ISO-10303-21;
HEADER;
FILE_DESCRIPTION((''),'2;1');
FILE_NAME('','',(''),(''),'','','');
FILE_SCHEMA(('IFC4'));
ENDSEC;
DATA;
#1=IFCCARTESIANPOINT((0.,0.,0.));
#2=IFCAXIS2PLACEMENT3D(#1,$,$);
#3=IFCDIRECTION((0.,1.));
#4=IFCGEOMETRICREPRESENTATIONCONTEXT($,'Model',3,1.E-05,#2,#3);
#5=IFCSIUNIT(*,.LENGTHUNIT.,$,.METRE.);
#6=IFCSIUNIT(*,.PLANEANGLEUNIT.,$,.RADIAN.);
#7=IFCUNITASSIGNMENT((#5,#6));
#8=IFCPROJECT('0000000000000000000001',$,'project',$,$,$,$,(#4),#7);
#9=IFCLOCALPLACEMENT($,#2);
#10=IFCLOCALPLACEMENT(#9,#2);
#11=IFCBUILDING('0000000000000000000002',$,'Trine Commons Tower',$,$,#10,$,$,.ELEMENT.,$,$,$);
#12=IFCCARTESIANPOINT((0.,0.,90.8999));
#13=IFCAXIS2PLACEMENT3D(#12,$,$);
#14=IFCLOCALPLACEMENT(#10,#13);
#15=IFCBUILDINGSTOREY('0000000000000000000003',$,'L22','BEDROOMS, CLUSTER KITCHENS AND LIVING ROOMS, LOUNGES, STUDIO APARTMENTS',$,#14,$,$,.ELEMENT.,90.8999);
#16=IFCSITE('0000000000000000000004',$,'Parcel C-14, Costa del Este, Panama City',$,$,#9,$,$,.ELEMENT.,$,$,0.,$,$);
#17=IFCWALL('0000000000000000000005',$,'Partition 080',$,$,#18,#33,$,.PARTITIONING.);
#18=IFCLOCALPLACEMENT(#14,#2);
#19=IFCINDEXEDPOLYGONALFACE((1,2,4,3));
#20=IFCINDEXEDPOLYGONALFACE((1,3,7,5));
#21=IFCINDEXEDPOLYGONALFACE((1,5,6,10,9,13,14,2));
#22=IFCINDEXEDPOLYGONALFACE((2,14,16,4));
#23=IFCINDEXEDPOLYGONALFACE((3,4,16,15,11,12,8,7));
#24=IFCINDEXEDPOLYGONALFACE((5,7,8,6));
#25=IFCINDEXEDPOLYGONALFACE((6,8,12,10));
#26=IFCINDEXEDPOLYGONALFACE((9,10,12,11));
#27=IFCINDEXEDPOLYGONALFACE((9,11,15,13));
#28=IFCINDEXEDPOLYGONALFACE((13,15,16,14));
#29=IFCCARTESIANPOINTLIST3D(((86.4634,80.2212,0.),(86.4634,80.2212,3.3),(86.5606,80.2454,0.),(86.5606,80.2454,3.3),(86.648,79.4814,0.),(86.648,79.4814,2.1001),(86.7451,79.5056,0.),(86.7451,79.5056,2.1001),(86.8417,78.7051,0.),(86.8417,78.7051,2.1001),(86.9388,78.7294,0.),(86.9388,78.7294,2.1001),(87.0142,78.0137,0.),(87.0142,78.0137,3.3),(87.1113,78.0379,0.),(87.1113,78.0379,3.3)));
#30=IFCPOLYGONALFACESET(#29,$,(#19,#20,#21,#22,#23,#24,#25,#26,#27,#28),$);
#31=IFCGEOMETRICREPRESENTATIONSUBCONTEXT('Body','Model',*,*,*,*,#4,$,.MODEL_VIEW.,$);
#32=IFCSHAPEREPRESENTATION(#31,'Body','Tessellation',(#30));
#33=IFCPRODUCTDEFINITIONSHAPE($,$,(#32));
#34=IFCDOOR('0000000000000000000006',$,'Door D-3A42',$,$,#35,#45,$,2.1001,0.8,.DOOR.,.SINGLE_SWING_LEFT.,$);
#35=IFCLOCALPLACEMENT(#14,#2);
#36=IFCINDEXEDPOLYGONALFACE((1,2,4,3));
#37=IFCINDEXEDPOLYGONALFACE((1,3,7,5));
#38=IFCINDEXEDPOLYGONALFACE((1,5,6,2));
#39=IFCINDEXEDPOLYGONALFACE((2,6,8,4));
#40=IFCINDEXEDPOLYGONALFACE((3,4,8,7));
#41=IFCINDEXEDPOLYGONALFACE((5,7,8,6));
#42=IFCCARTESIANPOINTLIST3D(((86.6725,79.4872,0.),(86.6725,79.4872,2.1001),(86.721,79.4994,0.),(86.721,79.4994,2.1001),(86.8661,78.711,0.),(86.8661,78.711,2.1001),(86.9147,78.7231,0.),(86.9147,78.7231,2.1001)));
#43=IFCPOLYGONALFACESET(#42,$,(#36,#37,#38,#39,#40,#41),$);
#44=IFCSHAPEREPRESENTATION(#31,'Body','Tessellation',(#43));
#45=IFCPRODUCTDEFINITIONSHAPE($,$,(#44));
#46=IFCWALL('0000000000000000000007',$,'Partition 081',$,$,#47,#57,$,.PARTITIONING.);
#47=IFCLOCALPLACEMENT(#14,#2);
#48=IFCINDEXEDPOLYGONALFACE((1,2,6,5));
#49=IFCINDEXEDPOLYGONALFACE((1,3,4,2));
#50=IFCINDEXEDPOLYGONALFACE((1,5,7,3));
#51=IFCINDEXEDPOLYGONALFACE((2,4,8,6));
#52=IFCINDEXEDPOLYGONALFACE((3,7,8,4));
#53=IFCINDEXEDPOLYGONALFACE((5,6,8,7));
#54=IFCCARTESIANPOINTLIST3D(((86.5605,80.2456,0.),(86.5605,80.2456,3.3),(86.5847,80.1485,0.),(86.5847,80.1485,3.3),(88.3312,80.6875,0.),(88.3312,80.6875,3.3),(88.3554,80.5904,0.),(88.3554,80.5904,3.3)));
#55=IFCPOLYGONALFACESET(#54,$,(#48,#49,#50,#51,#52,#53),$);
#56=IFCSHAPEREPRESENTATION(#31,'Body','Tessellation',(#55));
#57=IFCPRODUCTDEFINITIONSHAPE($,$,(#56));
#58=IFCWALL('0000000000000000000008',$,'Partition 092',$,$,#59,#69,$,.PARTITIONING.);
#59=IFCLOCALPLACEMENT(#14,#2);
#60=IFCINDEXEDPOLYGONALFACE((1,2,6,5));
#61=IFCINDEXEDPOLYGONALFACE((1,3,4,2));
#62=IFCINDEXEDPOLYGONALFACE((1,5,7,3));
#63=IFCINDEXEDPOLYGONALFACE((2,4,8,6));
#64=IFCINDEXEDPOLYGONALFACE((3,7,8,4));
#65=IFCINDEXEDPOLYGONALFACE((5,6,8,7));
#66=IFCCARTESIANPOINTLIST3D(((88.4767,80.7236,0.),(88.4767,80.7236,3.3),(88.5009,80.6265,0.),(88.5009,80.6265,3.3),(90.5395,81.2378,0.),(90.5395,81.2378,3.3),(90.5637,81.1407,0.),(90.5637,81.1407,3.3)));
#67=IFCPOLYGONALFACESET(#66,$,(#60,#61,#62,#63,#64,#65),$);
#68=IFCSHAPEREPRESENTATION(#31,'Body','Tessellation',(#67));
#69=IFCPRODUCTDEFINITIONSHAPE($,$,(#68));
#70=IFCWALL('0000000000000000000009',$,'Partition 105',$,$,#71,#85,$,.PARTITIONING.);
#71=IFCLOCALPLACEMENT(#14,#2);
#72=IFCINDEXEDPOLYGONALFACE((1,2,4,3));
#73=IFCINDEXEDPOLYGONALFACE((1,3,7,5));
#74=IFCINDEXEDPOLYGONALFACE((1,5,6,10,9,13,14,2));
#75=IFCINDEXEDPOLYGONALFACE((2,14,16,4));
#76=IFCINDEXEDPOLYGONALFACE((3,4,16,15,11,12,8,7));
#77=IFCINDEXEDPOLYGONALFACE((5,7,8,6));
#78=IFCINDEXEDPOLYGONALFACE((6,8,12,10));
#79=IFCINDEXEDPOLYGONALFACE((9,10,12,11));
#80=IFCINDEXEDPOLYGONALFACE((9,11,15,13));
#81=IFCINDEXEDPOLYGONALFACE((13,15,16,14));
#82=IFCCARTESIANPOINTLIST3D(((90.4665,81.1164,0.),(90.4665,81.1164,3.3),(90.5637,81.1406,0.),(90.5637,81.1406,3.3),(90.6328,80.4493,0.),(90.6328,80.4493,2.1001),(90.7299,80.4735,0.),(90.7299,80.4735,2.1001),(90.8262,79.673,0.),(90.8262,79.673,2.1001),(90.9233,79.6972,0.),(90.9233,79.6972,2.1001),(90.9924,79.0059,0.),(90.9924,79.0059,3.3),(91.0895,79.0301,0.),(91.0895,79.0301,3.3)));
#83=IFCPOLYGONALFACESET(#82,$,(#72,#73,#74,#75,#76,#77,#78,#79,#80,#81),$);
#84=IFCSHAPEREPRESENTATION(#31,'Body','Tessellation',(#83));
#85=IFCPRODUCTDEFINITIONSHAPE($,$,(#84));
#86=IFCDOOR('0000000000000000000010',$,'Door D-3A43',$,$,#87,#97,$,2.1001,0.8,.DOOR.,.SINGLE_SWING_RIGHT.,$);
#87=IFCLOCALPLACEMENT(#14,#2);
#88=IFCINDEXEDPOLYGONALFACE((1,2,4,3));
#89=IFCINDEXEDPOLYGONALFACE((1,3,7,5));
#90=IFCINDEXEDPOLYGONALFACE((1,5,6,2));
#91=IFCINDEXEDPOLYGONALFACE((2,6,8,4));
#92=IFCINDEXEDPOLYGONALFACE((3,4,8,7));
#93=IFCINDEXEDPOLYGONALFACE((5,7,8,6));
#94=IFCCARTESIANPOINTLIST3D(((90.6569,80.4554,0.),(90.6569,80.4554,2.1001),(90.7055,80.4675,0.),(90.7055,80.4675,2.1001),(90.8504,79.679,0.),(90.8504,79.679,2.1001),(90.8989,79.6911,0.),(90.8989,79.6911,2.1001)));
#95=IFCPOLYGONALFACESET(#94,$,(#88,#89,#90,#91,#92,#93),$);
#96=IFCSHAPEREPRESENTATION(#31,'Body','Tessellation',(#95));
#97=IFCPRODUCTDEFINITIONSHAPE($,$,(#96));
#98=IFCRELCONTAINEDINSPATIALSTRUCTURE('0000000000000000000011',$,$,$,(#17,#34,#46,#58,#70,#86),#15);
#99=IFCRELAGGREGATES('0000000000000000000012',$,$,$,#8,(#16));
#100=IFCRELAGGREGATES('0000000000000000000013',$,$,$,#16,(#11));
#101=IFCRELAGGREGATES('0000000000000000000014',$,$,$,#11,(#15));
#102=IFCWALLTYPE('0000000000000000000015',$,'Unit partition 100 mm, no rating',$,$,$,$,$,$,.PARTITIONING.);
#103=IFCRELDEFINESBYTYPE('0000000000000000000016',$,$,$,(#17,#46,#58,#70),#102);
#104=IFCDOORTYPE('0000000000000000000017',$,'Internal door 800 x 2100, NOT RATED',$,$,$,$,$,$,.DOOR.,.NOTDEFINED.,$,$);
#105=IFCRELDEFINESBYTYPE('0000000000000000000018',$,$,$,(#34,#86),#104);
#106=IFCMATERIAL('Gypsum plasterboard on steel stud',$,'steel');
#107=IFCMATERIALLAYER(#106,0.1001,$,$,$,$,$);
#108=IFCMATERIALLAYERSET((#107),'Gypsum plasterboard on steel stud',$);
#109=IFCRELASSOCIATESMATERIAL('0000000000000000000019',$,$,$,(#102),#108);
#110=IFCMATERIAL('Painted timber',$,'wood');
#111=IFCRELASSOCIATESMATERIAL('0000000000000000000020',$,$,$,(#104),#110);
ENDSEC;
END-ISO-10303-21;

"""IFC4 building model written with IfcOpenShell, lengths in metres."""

from ifc_helpers import new_model, si_unit, direction, frame, frame_2d, origin, place, context, subcontext, project, spatial, rectangle, extrude, material, layer, layer_set, type_object, element, fill, save


model = new_model("IFC4")

# Units and contexts
model_context = context("Model", 3, precision=1e-05, world=origin(), true_north=direction((0.0, 1.0)))
body_context = subcontext(model_context, "Body", "Model", "MODEL_VIEW")
ifc_project = project(units=[si_unit("LENGTHUNIT", "METRE"), si_unit("PLANEANGLEUNIT", "RADIAN")], contexts=[model_context])

# Site, building, storey
site_placement = place(None, origin())
site = spatial("IfcSite", under=ifc_project, at=site_placement, Name="Parcel C-14, Costa del Este, Panama City", CompositionType="ELEMENT", RefElevation=0.0)
building_placement = place(site_placement, origin())
building = spatial("IfcBuilding", under=site, at=building_placement, Name="Trine Commons Tower", CompositionType="ELEMENT")
storey_placement = place(building_placement, frame((0.0, 0.0, 90.8999)))
storey = spatial("IfcBuildingStorey", under=building, at=storey_placement, Name="L22", Description="BEDROOMS, CLUSTER KITCHENS AND LIVING ROOMS, LOUNGES, STUDIO APARTMENTS", CompositionType="ELEMENT", Elevation=90.8999)

# Shared definitions
ifc_material_1 = material(Name="Gypsum plasterboard on steel stud", Category="steel")

# Shared definitions
ifc_material_2 = material(Name="Painted timber", Category="wood")

# Shared definitions
ifc_layer_1 = layer(ifc_material_1, 0.1001)
ifc_layer_set_1 = layer_set([ifc_layer_1], Name="Gypsum plasterboard on steel stud")
wall_type_1 = type_object("IfcWallType", Name="Unit partition 100 mm, no rating", PredefinedType="PARTITIONING", material=ifc_layer_set_1)

# Wall, opening, door
wall_1_placement = place(storey_placement, frame((86.512, 80.2334, 0.0), z_axis=(0.0, 0.0, 1.0), x_axis=(0.242081, -0.970256, 0.0)))
wall_1 = element("IfcWall", 1, at=wall_1_placement, inside=storey, type_object=wall_type_1, Name="Partition 080", PredefinedType="PARTITIONING", context=body_context, shape_type="SweptSolid", body=[
    extrude(rectangle(XDim=2.2751, YDim=0.1001, at=frame_2d((1.1377, 0.0))), origin(), (0.0, 0.0, 1.0), 3.3),
])
opening_1_placement = place(wall_1_placement, frame((0.7627, 0.0, 0.0)))
opening_1 = element("IfcOpeningElement", 2, at=opening_1_placement, cuts=wall_1, PredefinedType="OPENING", context=body_context, shape_type="SweptSolid", body=[
    extrude(rectangle(XDim=0.8, YDim=2.1001, at=frame_2d((0.3999, 1.05))), frame((0.0, 0.0601, 0.0), z_axis=(0.0, -1.0, 0.0), x_axis=(1.0, 0.0, 0.0)), (0.0, 0.0, 1.0), 0.1201),
])
door_type_1 = type_object("IfcDoorType", Name="Internal door 800 x 2100, NOT RATED", OperationType="NOTDEFINED", PredefinedType="DOOR", material=ifc_material_2)
door_1_placement = place(opening_1_placement, frame((0.8, 0.0, 0.0), z_axis=(0.0, 0.0, 1.0), x_axis=(-1.0, 0.0, 0.0)))
door_1 = element("IfcDoor", 3, at=door_1_placement, inside=storey, type_object=door_type_1, Name="Door D-3A42", OperationType="SINGLE_SWING_LEFT", OverallHeight=2.1001, OverallWidth=0.8, PredefinedType="DOOR", context=body_context, shape_type="SweptSolid", body=[
    extrude(rectangle(XDim=0.8, YDim=2.1001, at=frame_2d((0.3999, 1.05))), frame((0.0, 0.0249, 0.0), z_axis=(0.0, -1.0, 0.0), x_axis=(1.0, 0.0, 0.0)), (0.0, 0.0, 1.0), 0.05),
])
fill(opening_1, door_1)

# Walls
wall_2_placement = place(storey_placement, frame((86.5725, 80.197, 0.0), z_axis=(0.0, 0.0, 1.0), x_axis=(0.970245, 0.242126, 0.0)))
element("IfcWall", 4, at=wall_2_placement, inside=storey, type_object=wall_type_1, Name="Partition 081", PredefinedType="PARTITIONING", context=body_context, shape_type="SweptSolid", body=[
    extrude(rectangle(XDim=1.825, YDim=0.1001, at=frame_2d((0.9126, 0.0))), origin(), (0.0, 0.0, 1.0), 3.3),
])
wall_3_placement = place(storey_placement, frame((88.4888, 80.675, 0.0), z_axis=(0.0, 0.0, 1.0), x_axis=(0.970311, 0.24186, 0.0)))
element("IfcWall", 5, at=wall_3_placement, inside=storey, type_object=wall_type_1, Name="Partition 092", PredefinedType="PARTITIONING", context=body_context, shape_type="SweptSolid", body=[
    extrude(rectangle(XDim=2.126, YDim=0.1001, at=frame_2d((1.063, 0.0))), origin(), (0.0, 0.0, 1.0), 3.3),
])

# Wall, opening, door
wall_4_placement = place(storey_placement, frame((90.5151, 81.1284, 0.0), z_axis=(0.0, 0.0, 1.0), x_axis=(0.24177, -0.970334, 0.0)))
wall_4 = element("IfcWall", 6, at=wall_4_placement, inside=storey, type_object=wall_type_1, Name="Partition 105", PredefinedType="PARTITIONING", context=body_context, shape_type="SweptSolid", body=[
    extrude(rectangle(XDim=2.175, YDim=0.1001, at=frame_2d((1.0874, 0.0))), origin(), (0.0, 0.0, 1.0), 3.3),
])
opening_2_placement = place(wall_4_placement, frame((0.6875, 0.0, 0.0)))
opening_2 = element("IfcOpeningElement", 7, at=opening_2_placement, cuts=wall_4, PredefinedType="OPENING", context=body_context, shape_type="SweptSolid", body=[
    extrude(rectangle(XDim=0.8, YDim=2.1001, at=frame_2d((0.3999, 1.05))), frame((0.0, 0.0601, 0.0), z_axis=(0.0, -1.0, 0.0), x_axis=(1.0, 0.0, 0.0)), (0.0, 0.0, 1.0), 0.1201),
])
door_2_placement = place(opening_2_placement, origin())
door_2 = element("IfcDoor", 8, at=door_2_placement, inside=storey, type_object=door_type_1, Name="Door D-3A43", OperationType="SINGLE_SWING_RIGHT", OverallHeight=2.1001, OverallWidth=0.8, PredefinedType="DOOR", context=body_context, shape_type="SweptSolid", body=[
    extrude(rectangle(XDim=0.8, YDim=2.1001, at=frame_2d((0.3999, 1.05))), frame((0.0, 0.0249, 0.0), z_axis=(0.0, -1.0, 0.0), x_axis=(1.0, 0.0, 0.0)), (0.0, 0.0, 1.0), 0.05),
])
fill(opening_2, door_2)

save(model, "model.ifc")
